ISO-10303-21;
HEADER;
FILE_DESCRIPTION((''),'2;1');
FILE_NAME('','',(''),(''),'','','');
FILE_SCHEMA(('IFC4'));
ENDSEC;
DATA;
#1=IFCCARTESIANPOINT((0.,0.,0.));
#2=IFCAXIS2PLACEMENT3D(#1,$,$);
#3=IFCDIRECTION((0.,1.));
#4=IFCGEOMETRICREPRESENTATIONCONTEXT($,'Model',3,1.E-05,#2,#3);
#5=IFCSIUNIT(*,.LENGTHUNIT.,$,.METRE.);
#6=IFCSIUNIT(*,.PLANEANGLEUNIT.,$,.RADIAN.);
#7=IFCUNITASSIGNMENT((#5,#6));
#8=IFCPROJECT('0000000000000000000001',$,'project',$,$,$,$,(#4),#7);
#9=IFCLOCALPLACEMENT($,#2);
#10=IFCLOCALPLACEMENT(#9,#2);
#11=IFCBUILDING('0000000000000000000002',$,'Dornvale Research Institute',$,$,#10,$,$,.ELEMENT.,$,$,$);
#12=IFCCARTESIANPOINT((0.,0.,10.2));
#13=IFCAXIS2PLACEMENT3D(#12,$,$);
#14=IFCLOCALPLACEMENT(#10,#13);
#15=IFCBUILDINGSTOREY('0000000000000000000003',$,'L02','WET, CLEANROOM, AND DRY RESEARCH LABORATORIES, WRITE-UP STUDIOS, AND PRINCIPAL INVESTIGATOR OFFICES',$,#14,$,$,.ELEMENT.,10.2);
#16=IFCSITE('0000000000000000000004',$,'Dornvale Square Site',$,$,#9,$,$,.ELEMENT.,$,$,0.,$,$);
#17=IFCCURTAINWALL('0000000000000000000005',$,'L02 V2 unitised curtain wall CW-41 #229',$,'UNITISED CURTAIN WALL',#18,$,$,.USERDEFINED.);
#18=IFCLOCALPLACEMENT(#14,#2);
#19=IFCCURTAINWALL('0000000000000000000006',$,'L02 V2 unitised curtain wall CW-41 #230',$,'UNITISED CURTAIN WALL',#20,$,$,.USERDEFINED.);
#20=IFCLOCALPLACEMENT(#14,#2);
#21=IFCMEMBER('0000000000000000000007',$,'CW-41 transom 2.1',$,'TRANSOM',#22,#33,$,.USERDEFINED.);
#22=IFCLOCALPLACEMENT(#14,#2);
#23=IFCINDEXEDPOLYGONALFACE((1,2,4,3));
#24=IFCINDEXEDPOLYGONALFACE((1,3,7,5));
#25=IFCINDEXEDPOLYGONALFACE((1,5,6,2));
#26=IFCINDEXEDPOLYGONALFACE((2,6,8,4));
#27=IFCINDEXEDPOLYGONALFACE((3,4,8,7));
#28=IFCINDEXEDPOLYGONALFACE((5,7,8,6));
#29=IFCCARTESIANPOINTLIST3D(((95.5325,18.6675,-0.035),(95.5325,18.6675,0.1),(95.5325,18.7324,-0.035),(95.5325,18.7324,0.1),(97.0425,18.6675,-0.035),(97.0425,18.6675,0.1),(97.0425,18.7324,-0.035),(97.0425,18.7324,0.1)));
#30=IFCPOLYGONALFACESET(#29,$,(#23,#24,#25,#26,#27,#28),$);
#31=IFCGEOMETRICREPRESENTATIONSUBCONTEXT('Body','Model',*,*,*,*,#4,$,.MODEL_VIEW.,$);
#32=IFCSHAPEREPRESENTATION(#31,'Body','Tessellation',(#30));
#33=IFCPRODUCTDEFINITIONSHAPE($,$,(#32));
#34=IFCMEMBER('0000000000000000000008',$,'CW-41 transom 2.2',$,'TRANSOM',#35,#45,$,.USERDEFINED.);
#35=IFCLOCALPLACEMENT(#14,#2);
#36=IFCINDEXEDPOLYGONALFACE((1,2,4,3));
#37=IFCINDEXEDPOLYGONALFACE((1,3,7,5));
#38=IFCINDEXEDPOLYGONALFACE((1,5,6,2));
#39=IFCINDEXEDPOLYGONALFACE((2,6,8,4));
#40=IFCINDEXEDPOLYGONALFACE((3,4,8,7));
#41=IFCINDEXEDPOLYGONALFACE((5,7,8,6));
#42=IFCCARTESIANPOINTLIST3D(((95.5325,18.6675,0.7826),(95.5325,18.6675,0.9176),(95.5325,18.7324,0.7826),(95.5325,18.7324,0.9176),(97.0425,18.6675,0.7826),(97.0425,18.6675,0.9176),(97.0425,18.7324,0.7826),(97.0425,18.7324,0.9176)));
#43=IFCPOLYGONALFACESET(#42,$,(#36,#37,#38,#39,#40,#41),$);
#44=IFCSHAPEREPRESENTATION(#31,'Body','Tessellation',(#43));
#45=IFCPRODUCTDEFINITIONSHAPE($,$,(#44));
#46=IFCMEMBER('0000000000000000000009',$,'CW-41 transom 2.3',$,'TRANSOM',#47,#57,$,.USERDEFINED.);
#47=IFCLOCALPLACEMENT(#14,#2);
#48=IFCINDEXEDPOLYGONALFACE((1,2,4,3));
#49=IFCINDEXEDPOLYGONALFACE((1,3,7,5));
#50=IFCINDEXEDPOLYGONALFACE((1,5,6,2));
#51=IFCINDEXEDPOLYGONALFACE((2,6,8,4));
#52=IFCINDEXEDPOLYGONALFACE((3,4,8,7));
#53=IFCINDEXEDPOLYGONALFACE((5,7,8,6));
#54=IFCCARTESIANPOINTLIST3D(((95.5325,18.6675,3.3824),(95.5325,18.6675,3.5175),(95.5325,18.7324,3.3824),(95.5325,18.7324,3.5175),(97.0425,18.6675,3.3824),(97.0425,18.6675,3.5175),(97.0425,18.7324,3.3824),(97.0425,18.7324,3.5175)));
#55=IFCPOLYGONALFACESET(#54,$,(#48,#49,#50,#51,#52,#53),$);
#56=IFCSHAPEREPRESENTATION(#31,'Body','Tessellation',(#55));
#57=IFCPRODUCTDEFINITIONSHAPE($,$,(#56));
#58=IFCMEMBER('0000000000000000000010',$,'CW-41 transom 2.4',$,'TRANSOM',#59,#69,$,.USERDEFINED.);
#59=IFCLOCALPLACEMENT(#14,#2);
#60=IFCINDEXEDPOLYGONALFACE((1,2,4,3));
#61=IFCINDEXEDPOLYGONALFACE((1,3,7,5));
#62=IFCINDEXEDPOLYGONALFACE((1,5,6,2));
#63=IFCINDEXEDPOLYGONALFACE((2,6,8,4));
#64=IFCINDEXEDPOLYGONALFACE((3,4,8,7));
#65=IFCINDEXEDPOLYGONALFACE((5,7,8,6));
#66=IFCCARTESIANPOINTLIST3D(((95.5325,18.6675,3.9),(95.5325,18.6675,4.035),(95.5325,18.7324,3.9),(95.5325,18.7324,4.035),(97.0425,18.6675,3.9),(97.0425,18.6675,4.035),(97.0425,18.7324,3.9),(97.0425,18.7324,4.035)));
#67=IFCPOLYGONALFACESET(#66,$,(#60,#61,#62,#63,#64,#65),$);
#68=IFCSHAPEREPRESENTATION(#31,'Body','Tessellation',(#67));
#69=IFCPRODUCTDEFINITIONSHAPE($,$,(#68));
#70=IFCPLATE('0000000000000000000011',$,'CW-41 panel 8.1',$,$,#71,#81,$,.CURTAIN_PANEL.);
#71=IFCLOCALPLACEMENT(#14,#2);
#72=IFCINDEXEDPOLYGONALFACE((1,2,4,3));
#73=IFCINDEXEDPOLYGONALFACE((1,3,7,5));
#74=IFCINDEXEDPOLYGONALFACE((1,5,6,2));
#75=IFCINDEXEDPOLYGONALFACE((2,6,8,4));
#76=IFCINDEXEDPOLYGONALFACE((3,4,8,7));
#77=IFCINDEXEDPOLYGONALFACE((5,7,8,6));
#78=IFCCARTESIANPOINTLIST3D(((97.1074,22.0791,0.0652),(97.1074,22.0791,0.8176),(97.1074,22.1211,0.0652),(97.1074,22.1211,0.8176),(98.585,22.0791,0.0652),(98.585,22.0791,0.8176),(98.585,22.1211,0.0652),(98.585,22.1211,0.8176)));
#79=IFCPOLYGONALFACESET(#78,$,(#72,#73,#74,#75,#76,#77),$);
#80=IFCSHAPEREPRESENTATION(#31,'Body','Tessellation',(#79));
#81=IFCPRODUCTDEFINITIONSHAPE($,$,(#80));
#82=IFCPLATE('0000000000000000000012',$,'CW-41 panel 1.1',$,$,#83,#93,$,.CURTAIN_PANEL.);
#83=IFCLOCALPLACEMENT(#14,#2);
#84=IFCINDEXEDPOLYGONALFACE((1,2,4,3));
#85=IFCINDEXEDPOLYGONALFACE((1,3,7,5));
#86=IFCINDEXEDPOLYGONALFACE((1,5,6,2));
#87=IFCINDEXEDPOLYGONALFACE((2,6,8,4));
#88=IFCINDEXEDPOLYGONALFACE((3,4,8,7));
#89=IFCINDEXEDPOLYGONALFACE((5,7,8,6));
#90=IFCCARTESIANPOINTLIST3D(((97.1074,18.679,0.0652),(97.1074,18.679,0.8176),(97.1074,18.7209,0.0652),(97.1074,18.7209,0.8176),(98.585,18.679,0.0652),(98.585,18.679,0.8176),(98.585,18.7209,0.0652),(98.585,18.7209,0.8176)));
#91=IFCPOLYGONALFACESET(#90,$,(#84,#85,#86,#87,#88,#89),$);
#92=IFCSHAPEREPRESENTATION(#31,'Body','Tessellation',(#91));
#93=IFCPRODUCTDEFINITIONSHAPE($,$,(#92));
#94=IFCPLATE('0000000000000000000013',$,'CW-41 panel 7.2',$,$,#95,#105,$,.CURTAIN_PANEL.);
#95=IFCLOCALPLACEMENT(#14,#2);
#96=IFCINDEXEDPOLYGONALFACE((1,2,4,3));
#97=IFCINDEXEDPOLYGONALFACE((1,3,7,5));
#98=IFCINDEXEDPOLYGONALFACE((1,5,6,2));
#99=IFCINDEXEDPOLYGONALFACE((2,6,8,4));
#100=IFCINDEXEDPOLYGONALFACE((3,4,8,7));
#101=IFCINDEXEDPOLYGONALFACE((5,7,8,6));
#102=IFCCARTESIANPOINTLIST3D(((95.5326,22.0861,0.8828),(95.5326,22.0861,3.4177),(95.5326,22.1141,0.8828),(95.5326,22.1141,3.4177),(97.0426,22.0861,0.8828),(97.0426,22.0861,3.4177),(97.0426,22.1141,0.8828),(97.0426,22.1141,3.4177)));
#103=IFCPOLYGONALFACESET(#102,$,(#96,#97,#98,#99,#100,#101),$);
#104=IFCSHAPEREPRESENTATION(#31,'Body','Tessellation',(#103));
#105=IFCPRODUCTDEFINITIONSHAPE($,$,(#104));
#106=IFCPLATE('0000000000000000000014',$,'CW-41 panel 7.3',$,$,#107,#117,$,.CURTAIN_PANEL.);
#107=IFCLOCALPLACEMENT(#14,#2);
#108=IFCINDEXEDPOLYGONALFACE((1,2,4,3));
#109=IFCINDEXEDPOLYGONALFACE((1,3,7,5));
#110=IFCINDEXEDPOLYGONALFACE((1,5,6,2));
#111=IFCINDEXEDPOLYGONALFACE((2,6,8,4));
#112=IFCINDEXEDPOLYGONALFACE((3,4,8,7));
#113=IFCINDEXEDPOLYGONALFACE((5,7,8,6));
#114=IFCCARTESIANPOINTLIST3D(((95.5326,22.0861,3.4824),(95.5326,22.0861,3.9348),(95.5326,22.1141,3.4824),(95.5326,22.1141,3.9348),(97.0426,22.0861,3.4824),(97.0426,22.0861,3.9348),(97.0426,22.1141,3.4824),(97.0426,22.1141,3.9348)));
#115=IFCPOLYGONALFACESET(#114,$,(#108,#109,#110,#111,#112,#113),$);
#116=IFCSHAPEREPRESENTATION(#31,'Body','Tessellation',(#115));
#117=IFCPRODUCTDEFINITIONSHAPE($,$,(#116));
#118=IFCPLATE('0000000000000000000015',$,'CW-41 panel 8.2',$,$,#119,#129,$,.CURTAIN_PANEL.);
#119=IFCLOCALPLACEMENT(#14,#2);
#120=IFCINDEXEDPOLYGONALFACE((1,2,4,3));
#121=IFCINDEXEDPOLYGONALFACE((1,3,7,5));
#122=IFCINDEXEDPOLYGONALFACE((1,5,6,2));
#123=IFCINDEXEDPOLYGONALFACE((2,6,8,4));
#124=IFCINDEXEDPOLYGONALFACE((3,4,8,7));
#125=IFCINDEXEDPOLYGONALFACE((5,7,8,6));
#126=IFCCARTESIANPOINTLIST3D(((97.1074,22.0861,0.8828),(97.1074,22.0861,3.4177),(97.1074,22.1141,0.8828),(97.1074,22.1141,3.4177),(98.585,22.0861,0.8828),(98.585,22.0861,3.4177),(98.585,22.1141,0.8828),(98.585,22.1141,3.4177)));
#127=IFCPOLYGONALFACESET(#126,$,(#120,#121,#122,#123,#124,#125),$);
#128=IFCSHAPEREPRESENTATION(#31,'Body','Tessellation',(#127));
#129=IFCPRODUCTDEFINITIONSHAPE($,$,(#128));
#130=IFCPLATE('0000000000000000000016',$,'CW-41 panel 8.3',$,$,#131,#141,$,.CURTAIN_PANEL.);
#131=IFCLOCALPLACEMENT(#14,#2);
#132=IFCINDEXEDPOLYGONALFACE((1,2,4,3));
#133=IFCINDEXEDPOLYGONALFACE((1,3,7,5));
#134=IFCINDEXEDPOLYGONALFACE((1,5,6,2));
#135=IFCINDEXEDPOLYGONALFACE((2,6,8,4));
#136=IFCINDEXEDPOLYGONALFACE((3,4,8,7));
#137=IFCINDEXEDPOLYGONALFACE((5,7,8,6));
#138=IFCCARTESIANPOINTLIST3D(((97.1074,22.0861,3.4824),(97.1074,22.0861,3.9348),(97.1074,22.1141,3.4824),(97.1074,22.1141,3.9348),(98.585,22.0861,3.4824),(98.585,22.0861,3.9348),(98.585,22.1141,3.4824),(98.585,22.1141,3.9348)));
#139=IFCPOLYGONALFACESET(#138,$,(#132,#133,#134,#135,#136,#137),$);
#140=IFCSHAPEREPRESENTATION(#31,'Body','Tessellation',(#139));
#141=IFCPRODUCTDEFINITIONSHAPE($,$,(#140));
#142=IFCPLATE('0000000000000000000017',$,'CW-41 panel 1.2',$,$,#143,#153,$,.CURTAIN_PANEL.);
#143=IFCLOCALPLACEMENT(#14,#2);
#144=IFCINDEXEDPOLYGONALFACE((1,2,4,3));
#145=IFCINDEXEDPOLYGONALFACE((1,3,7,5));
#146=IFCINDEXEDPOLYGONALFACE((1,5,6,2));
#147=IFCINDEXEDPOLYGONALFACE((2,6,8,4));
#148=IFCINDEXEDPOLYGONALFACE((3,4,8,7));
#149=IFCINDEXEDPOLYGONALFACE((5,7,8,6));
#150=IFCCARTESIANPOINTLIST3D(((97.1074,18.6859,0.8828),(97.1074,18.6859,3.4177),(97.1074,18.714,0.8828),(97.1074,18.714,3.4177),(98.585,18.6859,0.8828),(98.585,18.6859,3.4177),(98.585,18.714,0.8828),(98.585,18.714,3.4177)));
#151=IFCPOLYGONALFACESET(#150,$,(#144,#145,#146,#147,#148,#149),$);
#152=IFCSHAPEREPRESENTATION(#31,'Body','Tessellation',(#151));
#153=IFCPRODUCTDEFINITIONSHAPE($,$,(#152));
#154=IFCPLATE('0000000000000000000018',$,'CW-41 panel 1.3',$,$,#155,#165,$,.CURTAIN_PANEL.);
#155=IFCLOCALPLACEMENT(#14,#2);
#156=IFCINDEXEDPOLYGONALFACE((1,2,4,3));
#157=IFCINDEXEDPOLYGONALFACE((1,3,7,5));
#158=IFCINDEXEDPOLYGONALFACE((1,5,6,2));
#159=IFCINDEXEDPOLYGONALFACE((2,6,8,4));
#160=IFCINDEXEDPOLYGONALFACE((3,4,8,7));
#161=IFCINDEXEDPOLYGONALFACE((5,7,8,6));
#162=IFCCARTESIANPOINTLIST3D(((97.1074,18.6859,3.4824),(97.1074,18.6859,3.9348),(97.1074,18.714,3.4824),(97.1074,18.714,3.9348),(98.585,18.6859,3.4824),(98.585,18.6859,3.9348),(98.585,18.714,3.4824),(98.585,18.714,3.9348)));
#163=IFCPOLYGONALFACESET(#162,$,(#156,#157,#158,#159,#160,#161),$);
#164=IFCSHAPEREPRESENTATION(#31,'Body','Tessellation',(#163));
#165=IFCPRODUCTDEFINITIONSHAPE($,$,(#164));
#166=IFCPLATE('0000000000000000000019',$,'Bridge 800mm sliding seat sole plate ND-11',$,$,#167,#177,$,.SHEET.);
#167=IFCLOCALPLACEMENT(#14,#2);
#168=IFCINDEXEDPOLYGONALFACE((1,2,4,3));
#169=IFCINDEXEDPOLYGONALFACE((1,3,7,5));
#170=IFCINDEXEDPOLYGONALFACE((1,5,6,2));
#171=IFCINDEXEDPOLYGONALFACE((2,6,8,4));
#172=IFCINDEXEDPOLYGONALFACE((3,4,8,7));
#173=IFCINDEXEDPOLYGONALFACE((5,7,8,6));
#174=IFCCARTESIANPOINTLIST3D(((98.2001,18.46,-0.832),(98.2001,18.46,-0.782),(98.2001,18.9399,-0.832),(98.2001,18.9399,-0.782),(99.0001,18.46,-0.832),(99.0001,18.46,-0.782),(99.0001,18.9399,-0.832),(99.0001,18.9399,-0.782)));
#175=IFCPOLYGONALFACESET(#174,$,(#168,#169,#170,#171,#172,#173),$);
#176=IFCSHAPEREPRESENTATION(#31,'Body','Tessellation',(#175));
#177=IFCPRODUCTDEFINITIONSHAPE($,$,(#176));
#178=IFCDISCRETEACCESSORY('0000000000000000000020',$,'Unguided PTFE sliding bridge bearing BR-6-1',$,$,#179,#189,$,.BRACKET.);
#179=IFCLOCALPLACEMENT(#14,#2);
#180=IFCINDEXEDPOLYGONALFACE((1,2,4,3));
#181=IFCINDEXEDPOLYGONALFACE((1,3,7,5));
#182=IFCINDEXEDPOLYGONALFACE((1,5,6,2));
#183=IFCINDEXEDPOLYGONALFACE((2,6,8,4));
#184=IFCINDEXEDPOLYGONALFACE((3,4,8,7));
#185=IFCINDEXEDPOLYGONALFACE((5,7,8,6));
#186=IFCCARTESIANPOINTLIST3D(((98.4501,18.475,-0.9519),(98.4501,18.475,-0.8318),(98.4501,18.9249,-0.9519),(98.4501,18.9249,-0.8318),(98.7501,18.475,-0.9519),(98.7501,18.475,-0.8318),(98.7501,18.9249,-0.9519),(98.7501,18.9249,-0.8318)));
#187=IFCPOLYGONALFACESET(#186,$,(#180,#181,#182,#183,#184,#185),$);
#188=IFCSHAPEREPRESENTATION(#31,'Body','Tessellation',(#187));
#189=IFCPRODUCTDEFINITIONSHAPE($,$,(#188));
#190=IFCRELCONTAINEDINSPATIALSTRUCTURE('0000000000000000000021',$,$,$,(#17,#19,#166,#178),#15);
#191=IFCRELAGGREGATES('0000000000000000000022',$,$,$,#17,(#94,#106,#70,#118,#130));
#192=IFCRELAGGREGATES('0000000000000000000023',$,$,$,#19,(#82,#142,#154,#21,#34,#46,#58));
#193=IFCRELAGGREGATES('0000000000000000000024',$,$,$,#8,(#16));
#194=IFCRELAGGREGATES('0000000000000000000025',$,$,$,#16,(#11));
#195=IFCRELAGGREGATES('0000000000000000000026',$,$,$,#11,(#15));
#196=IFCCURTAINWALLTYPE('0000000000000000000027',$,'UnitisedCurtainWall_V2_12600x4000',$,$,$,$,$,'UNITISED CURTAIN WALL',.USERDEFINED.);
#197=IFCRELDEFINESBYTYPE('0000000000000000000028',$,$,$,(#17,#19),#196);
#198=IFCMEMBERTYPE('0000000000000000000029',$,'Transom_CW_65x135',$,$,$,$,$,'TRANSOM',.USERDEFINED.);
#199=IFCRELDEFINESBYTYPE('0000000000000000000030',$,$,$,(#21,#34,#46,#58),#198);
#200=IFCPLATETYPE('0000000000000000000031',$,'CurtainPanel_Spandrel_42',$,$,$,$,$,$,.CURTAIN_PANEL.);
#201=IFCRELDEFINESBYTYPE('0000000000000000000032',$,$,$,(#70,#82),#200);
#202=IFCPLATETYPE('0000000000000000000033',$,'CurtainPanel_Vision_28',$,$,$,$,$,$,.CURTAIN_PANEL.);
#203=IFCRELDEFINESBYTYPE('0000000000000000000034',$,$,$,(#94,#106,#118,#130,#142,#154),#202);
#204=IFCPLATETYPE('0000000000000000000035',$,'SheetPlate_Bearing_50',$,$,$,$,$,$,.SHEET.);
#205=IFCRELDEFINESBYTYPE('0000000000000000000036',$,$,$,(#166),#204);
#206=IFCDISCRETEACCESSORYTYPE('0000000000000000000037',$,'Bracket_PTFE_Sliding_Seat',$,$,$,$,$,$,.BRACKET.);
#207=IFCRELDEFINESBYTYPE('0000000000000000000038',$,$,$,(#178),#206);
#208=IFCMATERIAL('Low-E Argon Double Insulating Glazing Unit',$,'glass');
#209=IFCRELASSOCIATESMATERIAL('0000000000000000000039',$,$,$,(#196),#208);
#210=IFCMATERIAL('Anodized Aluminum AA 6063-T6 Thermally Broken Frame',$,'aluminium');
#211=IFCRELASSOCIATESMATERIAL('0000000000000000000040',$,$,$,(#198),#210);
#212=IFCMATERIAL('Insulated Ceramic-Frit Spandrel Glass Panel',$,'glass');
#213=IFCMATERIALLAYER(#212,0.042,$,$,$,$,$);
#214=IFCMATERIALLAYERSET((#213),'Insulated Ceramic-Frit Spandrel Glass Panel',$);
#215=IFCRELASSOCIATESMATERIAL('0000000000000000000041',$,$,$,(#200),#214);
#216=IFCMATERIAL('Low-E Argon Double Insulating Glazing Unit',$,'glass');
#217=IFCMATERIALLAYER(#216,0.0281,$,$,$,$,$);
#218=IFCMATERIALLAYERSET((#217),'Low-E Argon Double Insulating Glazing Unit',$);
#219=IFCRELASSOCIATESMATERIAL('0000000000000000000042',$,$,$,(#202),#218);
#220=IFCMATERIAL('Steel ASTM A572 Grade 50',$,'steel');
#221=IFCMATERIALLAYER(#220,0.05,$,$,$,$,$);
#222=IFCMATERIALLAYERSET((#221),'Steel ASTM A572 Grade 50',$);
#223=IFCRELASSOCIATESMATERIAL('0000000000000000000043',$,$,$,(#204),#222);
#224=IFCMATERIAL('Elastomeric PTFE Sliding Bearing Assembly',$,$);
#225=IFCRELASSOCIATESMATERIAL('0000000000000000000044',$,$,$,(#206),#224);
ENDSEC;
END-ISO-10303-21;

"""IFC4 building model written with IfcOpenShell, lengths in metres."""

from ifc_helpers import new_model, si_unit, direction, frame, origin, origin_2d, place, context, subcontext, project, spatial, rectangle, extrude, material, layer, layer_set, material_profile, profile_set, type_object, element, aggregate, save


model = new_model("IFC4")

# Units and contexts
model_context = context("Model", 3, precision=1e-05, world=origin(), true_north=direction((0.0, 1.0)))
body_context = subcontext(model_context, "Body", "Model", "MODEL_VIEW")
ifc_project = project(units=[si_unit("LENGTHUNIT", "METRE"), si_unit("PLANEANGLEUNIT", "RADIAN")], contexts=[model_context])

# Site, building, storey
site_placement = place(None, origin())
site = spatial("IfcSite", under=ifc_project, at=site_placement, Name="Dornvale Square Site", CompositionType="ELEMENT", RefElevation=0.0)
building_placement = place(site_placement, origin())
building = spatial("IfcBuilding", under=site, at=building_placement, Name="Dornvale Research Institute", CompositionType="ELEMENT")
storey_placement = place(building_placement, frame((0.0, 0.0, 10.2)))
storey = spatial("IfcBuildingStorey", under=building, at=storey_placement, Name="L02", Description="WET, CLEANROOM, AND DRY RESEARCH LABORATORIES, WRITE-UP STUDIOS, AND PRINCIPAL INVESTIGATOR OFFICES", CompositionType="ELEMENT", Elevation=10.2)

# Curtain walls
ifc_material_1 = material(Name="Low-E Argon Double Insulating Glazing Unit", Category="glass")
curtain_wall_type = type_object("IfcCurtainWallType", Name="UnitisedCurtainWall_V2_12600x4000", ElementType="UNITISED CURTAIN WALL", PredefinedType="USERDEFINED", material=ifc_material_1)
curtain_wall_1_placement = place(storey_placement, origin())
curtain_wall_1 = element("IfcCurtainWall", 1, at=curtain_wall_1_placement, inside=storey, type_object=curtain_wall_type, Name="L02 V2 unitised curtain wall CW-41 #229", ObjectType="UNITISED CURTAIN WALL", PredefinedType="USERDEFINED")
curtain_wall_2_placement = place(storey_placement, origin())
curtain_wall_2 = element("IfcCurtainWall", 2, at=curtain_wall_2_placement, inside=storey, type_object=curtain_wall_type, Name="L02 V2 unitised curtain wall CW-41 #230", ObjectType="UNITISED CURTAIN WALL", PredefinedType="USERDEFINED")

# Members
ifc_material_2 = material(Name="Anodized Aluminum AA 6063-T6 Thermally Broken Frame", Category="aluminium")
ifc_material_profile_1 = material_profile(ifc_material_2, rectangle(XDim=0.0649, YDim=0.135, at=origin_2d()), Name="ALU TRANSOM 65x135")
ifc_profile_set_1 = profile_set([ifc_material_profile_1], Name="Anodized Aluminum AA 6063-T6 Thermally Broken Frame")
member_type_1 = type_object("IfcMemberType", Name="Transom_CW_65x135", ElementType="TRANSOM", PredefinedType="USERDEFINED", material=ifc_profile_set_1)
member_1_placement = place(storey_placement, frame((97.0425, 18.7, 0.0325), z_axis=(-1.0, 0.0, 0.0), x_axis=(0.0, -1.0, 0.0)))
member_1 = element("IfcMember", 3, at=member_1_placement, type_object=member_type_1, Name="CW-41 transom 2.1", ObjectType="TRANSOM", PredefinedType="USERDEFINED", context=body_context, shape_type="SweptSolid", body=[
    extrude(rectangle(XDim=0.0649, YDim=0.135, at=origin_2d()), origin(), (0.0, 0.0, 1.0), 1.51),
])
member_2_placement = place(storey_placement, frame((97.0425, 18.7, 0.8501), z_axis=(-1.0, 0.0, 0.0), x_axis=(0.0, -1.0, 0.0)))
member_2 = element("IfcMember", 4, at=member_2_placement, type_object=member_type_1, Name="CW-41 transom 2.2", ObjectType="TRANSOM", PredefinedType="USERDEFINED", context=body_context, shape_type="SweptSolid", body=[
    extrude(rectangle(XDim=0.0649, YDim=0.135, at=origin_2d()), origin(), (0.0, 0.0, 1.0), 1.51),
])
member_3_placement = place(storey_placement, frame((97.0425, 18.7, 3.45), z_axis=(-1.0, 0.0, 0.0), x_axis=(0.0, -1.0, 0.0)))
member_3 = element("IfcMember", 5, at=member_3_placement, type_object=member_type_1, Name="CW-41 transom 2.3", ObjectType="TRANSOM", PredefinedType="USERDEFINED", context=body_context, shape_type="SweptSolid", body=[
    extrude(rectangle(XDim=0.0649, YDim=0.135, at=origin_2d()), origin(), (0.0, 0.0, 1.0), 1.51),
])
member_4_placement = place(storey_placement, frame((97.0425, 18.7, 3.9675), z_axis=(-1.0, 0.0, 0.0), x_axis=(0.0, -1.0, 0.0)))
member_4 = element("IfcMember", 6, at=member_4_placement, type_object=member_type_1, Name="CW-41 transom 2.4", ObjectType="TRANSOM", PredefinedType="USERDEFINED", context=body_context, shape_type="SweptSolid", body=[
    extrude(rectangle(XDim=0.0649, YDim=0.135, at=origin_2d()), origin(), (0.0, 0.0, 1.0), 1.51),
])

# Plates
ifc_material_3 = material(Name="Insulated Ceramic-Frit Spandrel Glass Panel", Category="glass")
ifc_layer_1 = layer(ifc_material_3, 0.042)
ifc_layer_set_1 = layer_set([ifc_layer_1], Name="Insulated Ceramic-Frit Spandrel Glass Panel")
plate_type_1 = type_object("IfcPlateType", Name="CurtainPanel_Spandrel_42", PredefinedType="CURTAIN_PANEL", material=ifc_layer_set_1)
plate_1_placement = place(storey_placement, frame((97.8462, 22.1001, 0.0652), z_axis=(0.0, 0.0, 1.0), x_axis=(1.0, 0.0, 0.0)))
plate_1 = element("IfcPlate", 7, at=plate_1_placement, type_object=plate_type_1, Name="CW-41 panel 8.1", PredefinedType="CURTAIN_PANEL", context=body_context, shape_type="SweptSolid", body=[
    extrude(rectangle(XDim=1.4775, YDim=0.042, at=origin_2d()), origin(), (0.0, 0.0, 1.0), 0.7524),
])
plate_2_placement = place(storey_placement, frame((97.8462, 18.7, 0.0652), z_axis=(0.0, 0.0, 1.0), x_axis=(-1.0, 0.0, 0.0)))
plate_2 = element("IfcPlate", 8, at=plate_2_placement, type_object=plate_type_1, Name="CW-41 panel 1.1", PredefinedType="CURTAIN_PANEL", context=body_context, shape_type="SweptSolid", body=[
    extrude(rectangle(XDim=1.4775, YDim=0.042, at=origin_2d()), origin(), (0.0, 0.0, 1.0), 0.7524),
])
ifc_material_4 = material(Name="Low-E Argon Double Insulating Glazing Unit", Category="glass")
ifc_layer_2 = layer(ifc_material_4, 0.0281)
ifc_layer_set_2 = layer_set([ifc_layer_2], Name="Low-E Argon Double Insulating Glazing Unit")
plate_type_2 = type_object("IfcPlateType", Name="CurtainPanel_Vision_28", PredefinedType="CURTAIN_PANEL", material=ifc_layer_set_2)
plate_3_placement = place(storey_placement, frame((96.2876, 22.1001, 0.8828), z_axis=(0.0, 0.0, 1.0), x_axis=(1.0, 0.0, 0.0)))
plate_3 = element("IfcPlate", 9, at=plate_3_placement, type_object=plate_type_2, Name="CW-41 panel 7.2", PredefinedType="CURTAIN_PANEL", context=body_context, shape_type="SweptSolid", body=[
    extrude(rectangle(XDim=1.51, YDim=0.0281, at=origin_2d()), origin(), (0.0, 0.0, 1.0), 2.5349),
])
plate_4_placement = place(storey_placement, frame((96.2876, 22.1001, 3.4824), z_axis=(0.0, 0.0, 1.0), x_axis=(1.0, 0.0, 0.0)))
plate_4 = element("IfcPlate", 10, at=plate_4_placement, type_object=plate_type_2, Name="CW-41 panel 7.3", PredefinedType="CURTAIN_PANEL", context=body_context, shape_type="SweptSolid", body=[
    extrude(rectangle(XDim=1.51, YDim=0.0281, at=origin_2d()), origin(), (0.0, 0.0, 1.0), 0.4524),
])
plate_5_placement = place(storey_placement, frame((97.8462, 22.1001, 0.8828), z_axis=(0.0, 0.0, 1.0), x_axis=(1.0, 0.0, 0.0)))
plate_5 = element("IfcPlate", 11, at=plate_5_placement, type_object=plate_type_2, Name="CW-41 panel 8.2", PredefinedType="CURTAIN_PANEL", context=body_context, shape_type="SweptSolid", body=[
    extrude(rectangle(XDim=1.4775, YDim=0.0281, at=origin_2d()), origin(), (0.0, 0.0, 1.0), 2.5349),
])
plate_6_placement = place(storey_placement, frame((97.8462, 22.1001, 3.4824), z_axis=(0.0, 0.0, 1.0), x_axis=(1.0, 0.0, 0.0)))
plate_6 = element("IfcPlate", 12, at=plate_6_placement, type_object=plate_type_2, Name="CW-41 panel 8.3", PredefinedType="CURTAIN_PANEL", context=body_context, shape_type="SweptSolid", body=[
    extrude(rectangle(XDim=1.4775, YDim=0.0281, at=origin_2d()), origin(), (0.0, 0.0, 1.0), 0.4524),
])
aggregate(curtain_wall_1, [plate_3, plate_4, plate_1, plate_5, plate_6])
plate_7_placement = place(storey_placement, frame((97.8462, 18.7, 0.8828), z_axis=(0.0, 0.0, 1.0), x_axis=(-1.0, 0.0, 0.0)))
plate_7 = element("IfcPlate", 13, at=plate_7_placement, type_object=plate_type_2, Name="CW-41 panel 1.2", PredefinedType="CURTAIN_PANEL", context=body_context, shape_type="SweptSolid", body=[
    extrude(rectangle(XDim=1.4775, YDim=0.0281, at=origin_2d()), origin(), (0.0, 0.0, 1.0), 2.5349),
])
plate_8_placement = place(storey_placement, frame((97.8462, 18.7, 3.4824), z_axis=(0.0, 0.0, 1.0), x_axis=(-1.0, 0.0, 0.0)))
plate_8 = element("IfcPlate", 14, at=plate_8_placement, type_object=plate_type_2, Name="CW-41 panel 1.3", PredefinedType="CURTAIN_PANEL", context=body_context, shape_type="SweptSolid", body=[
    extrude(rectangle(XDim=1.4775, YDim=0.0281, at=origin_2d()), origin(), (0.0, 0.0, 1.0), 0.4524),
])
aggregate(curtain_wall_2, [plate_2, plate_7, plate_8, member_1, member_2, member_3, member_4])
ifc_material_5 = material(Name="Steel ASTM A572 Grade 50", Category="steel")
ifc_layer_3 = layer(ifc_material_5, 0.05)
ifc_layer_set_3 = layer_set([ifc_layer_3], Name="Steel ASTM A572 Grade 50")
plate_type_3 = type_object("IfcPlateType", Name="SheetPlate_Bearing_50", PredefinedType="SHEET", material=ifc_layer_set_3)
plate_9_placement = place(storey_placement, frame((98.6001, 18.7, -0.832), z_axis=(0.0, 0.0, 1.0), x_axis=(1.0, 0.0, 0.0)))
element("IfcPlate", 15, at=plate_9_placement, inside=storey, type_object=plate_type_3, Name="Bridge 800mm sliding seat sole plate ND-11", PredefinedType="SHEET", context=body_context, shape_type="SweptSolid", body=[
    extrude(rectangle(XDim=0.8, YDim=0.48, at=origin_2d()), origin(), (0.0, 0.0, 1.0), 0.05),
])

# Discrete accessory
ifc_material_6 = material(Name="Elastomeric PTFE Sliding Bearing Assembly")
discrete_accessory_type = type_object("IfcDiscreteAccessoryType", Name="Bracket_PTFE_Sliding_Seat", PredefinedType="BRACKET", material=ifc_material_6)
discrete_accessory_placement = place(storey_placement, frame((98.6001, 18.7, -0.9519), z_axis=(0.0, 0.0, 1.0), x_axis=(1.0, 0.0, 0.0)))
element("IfcDiscreteAccessory", 16, at=discrete_accessory_placement, inside=storey, type_object=discrete_accessory_type, Name="Unguided PTFE sliding bridge bearing BR-6-1", PredefinedType="BRACKET", context=body_context, shape_type="SweptSolid", body=[
    extrude(rectangle(XDim=0.3, YDim=0.45, at=origin_2d()), origin(), (0.0, 0.0, 1.0), 0.1201),
])

save(model, "model.ifc")
